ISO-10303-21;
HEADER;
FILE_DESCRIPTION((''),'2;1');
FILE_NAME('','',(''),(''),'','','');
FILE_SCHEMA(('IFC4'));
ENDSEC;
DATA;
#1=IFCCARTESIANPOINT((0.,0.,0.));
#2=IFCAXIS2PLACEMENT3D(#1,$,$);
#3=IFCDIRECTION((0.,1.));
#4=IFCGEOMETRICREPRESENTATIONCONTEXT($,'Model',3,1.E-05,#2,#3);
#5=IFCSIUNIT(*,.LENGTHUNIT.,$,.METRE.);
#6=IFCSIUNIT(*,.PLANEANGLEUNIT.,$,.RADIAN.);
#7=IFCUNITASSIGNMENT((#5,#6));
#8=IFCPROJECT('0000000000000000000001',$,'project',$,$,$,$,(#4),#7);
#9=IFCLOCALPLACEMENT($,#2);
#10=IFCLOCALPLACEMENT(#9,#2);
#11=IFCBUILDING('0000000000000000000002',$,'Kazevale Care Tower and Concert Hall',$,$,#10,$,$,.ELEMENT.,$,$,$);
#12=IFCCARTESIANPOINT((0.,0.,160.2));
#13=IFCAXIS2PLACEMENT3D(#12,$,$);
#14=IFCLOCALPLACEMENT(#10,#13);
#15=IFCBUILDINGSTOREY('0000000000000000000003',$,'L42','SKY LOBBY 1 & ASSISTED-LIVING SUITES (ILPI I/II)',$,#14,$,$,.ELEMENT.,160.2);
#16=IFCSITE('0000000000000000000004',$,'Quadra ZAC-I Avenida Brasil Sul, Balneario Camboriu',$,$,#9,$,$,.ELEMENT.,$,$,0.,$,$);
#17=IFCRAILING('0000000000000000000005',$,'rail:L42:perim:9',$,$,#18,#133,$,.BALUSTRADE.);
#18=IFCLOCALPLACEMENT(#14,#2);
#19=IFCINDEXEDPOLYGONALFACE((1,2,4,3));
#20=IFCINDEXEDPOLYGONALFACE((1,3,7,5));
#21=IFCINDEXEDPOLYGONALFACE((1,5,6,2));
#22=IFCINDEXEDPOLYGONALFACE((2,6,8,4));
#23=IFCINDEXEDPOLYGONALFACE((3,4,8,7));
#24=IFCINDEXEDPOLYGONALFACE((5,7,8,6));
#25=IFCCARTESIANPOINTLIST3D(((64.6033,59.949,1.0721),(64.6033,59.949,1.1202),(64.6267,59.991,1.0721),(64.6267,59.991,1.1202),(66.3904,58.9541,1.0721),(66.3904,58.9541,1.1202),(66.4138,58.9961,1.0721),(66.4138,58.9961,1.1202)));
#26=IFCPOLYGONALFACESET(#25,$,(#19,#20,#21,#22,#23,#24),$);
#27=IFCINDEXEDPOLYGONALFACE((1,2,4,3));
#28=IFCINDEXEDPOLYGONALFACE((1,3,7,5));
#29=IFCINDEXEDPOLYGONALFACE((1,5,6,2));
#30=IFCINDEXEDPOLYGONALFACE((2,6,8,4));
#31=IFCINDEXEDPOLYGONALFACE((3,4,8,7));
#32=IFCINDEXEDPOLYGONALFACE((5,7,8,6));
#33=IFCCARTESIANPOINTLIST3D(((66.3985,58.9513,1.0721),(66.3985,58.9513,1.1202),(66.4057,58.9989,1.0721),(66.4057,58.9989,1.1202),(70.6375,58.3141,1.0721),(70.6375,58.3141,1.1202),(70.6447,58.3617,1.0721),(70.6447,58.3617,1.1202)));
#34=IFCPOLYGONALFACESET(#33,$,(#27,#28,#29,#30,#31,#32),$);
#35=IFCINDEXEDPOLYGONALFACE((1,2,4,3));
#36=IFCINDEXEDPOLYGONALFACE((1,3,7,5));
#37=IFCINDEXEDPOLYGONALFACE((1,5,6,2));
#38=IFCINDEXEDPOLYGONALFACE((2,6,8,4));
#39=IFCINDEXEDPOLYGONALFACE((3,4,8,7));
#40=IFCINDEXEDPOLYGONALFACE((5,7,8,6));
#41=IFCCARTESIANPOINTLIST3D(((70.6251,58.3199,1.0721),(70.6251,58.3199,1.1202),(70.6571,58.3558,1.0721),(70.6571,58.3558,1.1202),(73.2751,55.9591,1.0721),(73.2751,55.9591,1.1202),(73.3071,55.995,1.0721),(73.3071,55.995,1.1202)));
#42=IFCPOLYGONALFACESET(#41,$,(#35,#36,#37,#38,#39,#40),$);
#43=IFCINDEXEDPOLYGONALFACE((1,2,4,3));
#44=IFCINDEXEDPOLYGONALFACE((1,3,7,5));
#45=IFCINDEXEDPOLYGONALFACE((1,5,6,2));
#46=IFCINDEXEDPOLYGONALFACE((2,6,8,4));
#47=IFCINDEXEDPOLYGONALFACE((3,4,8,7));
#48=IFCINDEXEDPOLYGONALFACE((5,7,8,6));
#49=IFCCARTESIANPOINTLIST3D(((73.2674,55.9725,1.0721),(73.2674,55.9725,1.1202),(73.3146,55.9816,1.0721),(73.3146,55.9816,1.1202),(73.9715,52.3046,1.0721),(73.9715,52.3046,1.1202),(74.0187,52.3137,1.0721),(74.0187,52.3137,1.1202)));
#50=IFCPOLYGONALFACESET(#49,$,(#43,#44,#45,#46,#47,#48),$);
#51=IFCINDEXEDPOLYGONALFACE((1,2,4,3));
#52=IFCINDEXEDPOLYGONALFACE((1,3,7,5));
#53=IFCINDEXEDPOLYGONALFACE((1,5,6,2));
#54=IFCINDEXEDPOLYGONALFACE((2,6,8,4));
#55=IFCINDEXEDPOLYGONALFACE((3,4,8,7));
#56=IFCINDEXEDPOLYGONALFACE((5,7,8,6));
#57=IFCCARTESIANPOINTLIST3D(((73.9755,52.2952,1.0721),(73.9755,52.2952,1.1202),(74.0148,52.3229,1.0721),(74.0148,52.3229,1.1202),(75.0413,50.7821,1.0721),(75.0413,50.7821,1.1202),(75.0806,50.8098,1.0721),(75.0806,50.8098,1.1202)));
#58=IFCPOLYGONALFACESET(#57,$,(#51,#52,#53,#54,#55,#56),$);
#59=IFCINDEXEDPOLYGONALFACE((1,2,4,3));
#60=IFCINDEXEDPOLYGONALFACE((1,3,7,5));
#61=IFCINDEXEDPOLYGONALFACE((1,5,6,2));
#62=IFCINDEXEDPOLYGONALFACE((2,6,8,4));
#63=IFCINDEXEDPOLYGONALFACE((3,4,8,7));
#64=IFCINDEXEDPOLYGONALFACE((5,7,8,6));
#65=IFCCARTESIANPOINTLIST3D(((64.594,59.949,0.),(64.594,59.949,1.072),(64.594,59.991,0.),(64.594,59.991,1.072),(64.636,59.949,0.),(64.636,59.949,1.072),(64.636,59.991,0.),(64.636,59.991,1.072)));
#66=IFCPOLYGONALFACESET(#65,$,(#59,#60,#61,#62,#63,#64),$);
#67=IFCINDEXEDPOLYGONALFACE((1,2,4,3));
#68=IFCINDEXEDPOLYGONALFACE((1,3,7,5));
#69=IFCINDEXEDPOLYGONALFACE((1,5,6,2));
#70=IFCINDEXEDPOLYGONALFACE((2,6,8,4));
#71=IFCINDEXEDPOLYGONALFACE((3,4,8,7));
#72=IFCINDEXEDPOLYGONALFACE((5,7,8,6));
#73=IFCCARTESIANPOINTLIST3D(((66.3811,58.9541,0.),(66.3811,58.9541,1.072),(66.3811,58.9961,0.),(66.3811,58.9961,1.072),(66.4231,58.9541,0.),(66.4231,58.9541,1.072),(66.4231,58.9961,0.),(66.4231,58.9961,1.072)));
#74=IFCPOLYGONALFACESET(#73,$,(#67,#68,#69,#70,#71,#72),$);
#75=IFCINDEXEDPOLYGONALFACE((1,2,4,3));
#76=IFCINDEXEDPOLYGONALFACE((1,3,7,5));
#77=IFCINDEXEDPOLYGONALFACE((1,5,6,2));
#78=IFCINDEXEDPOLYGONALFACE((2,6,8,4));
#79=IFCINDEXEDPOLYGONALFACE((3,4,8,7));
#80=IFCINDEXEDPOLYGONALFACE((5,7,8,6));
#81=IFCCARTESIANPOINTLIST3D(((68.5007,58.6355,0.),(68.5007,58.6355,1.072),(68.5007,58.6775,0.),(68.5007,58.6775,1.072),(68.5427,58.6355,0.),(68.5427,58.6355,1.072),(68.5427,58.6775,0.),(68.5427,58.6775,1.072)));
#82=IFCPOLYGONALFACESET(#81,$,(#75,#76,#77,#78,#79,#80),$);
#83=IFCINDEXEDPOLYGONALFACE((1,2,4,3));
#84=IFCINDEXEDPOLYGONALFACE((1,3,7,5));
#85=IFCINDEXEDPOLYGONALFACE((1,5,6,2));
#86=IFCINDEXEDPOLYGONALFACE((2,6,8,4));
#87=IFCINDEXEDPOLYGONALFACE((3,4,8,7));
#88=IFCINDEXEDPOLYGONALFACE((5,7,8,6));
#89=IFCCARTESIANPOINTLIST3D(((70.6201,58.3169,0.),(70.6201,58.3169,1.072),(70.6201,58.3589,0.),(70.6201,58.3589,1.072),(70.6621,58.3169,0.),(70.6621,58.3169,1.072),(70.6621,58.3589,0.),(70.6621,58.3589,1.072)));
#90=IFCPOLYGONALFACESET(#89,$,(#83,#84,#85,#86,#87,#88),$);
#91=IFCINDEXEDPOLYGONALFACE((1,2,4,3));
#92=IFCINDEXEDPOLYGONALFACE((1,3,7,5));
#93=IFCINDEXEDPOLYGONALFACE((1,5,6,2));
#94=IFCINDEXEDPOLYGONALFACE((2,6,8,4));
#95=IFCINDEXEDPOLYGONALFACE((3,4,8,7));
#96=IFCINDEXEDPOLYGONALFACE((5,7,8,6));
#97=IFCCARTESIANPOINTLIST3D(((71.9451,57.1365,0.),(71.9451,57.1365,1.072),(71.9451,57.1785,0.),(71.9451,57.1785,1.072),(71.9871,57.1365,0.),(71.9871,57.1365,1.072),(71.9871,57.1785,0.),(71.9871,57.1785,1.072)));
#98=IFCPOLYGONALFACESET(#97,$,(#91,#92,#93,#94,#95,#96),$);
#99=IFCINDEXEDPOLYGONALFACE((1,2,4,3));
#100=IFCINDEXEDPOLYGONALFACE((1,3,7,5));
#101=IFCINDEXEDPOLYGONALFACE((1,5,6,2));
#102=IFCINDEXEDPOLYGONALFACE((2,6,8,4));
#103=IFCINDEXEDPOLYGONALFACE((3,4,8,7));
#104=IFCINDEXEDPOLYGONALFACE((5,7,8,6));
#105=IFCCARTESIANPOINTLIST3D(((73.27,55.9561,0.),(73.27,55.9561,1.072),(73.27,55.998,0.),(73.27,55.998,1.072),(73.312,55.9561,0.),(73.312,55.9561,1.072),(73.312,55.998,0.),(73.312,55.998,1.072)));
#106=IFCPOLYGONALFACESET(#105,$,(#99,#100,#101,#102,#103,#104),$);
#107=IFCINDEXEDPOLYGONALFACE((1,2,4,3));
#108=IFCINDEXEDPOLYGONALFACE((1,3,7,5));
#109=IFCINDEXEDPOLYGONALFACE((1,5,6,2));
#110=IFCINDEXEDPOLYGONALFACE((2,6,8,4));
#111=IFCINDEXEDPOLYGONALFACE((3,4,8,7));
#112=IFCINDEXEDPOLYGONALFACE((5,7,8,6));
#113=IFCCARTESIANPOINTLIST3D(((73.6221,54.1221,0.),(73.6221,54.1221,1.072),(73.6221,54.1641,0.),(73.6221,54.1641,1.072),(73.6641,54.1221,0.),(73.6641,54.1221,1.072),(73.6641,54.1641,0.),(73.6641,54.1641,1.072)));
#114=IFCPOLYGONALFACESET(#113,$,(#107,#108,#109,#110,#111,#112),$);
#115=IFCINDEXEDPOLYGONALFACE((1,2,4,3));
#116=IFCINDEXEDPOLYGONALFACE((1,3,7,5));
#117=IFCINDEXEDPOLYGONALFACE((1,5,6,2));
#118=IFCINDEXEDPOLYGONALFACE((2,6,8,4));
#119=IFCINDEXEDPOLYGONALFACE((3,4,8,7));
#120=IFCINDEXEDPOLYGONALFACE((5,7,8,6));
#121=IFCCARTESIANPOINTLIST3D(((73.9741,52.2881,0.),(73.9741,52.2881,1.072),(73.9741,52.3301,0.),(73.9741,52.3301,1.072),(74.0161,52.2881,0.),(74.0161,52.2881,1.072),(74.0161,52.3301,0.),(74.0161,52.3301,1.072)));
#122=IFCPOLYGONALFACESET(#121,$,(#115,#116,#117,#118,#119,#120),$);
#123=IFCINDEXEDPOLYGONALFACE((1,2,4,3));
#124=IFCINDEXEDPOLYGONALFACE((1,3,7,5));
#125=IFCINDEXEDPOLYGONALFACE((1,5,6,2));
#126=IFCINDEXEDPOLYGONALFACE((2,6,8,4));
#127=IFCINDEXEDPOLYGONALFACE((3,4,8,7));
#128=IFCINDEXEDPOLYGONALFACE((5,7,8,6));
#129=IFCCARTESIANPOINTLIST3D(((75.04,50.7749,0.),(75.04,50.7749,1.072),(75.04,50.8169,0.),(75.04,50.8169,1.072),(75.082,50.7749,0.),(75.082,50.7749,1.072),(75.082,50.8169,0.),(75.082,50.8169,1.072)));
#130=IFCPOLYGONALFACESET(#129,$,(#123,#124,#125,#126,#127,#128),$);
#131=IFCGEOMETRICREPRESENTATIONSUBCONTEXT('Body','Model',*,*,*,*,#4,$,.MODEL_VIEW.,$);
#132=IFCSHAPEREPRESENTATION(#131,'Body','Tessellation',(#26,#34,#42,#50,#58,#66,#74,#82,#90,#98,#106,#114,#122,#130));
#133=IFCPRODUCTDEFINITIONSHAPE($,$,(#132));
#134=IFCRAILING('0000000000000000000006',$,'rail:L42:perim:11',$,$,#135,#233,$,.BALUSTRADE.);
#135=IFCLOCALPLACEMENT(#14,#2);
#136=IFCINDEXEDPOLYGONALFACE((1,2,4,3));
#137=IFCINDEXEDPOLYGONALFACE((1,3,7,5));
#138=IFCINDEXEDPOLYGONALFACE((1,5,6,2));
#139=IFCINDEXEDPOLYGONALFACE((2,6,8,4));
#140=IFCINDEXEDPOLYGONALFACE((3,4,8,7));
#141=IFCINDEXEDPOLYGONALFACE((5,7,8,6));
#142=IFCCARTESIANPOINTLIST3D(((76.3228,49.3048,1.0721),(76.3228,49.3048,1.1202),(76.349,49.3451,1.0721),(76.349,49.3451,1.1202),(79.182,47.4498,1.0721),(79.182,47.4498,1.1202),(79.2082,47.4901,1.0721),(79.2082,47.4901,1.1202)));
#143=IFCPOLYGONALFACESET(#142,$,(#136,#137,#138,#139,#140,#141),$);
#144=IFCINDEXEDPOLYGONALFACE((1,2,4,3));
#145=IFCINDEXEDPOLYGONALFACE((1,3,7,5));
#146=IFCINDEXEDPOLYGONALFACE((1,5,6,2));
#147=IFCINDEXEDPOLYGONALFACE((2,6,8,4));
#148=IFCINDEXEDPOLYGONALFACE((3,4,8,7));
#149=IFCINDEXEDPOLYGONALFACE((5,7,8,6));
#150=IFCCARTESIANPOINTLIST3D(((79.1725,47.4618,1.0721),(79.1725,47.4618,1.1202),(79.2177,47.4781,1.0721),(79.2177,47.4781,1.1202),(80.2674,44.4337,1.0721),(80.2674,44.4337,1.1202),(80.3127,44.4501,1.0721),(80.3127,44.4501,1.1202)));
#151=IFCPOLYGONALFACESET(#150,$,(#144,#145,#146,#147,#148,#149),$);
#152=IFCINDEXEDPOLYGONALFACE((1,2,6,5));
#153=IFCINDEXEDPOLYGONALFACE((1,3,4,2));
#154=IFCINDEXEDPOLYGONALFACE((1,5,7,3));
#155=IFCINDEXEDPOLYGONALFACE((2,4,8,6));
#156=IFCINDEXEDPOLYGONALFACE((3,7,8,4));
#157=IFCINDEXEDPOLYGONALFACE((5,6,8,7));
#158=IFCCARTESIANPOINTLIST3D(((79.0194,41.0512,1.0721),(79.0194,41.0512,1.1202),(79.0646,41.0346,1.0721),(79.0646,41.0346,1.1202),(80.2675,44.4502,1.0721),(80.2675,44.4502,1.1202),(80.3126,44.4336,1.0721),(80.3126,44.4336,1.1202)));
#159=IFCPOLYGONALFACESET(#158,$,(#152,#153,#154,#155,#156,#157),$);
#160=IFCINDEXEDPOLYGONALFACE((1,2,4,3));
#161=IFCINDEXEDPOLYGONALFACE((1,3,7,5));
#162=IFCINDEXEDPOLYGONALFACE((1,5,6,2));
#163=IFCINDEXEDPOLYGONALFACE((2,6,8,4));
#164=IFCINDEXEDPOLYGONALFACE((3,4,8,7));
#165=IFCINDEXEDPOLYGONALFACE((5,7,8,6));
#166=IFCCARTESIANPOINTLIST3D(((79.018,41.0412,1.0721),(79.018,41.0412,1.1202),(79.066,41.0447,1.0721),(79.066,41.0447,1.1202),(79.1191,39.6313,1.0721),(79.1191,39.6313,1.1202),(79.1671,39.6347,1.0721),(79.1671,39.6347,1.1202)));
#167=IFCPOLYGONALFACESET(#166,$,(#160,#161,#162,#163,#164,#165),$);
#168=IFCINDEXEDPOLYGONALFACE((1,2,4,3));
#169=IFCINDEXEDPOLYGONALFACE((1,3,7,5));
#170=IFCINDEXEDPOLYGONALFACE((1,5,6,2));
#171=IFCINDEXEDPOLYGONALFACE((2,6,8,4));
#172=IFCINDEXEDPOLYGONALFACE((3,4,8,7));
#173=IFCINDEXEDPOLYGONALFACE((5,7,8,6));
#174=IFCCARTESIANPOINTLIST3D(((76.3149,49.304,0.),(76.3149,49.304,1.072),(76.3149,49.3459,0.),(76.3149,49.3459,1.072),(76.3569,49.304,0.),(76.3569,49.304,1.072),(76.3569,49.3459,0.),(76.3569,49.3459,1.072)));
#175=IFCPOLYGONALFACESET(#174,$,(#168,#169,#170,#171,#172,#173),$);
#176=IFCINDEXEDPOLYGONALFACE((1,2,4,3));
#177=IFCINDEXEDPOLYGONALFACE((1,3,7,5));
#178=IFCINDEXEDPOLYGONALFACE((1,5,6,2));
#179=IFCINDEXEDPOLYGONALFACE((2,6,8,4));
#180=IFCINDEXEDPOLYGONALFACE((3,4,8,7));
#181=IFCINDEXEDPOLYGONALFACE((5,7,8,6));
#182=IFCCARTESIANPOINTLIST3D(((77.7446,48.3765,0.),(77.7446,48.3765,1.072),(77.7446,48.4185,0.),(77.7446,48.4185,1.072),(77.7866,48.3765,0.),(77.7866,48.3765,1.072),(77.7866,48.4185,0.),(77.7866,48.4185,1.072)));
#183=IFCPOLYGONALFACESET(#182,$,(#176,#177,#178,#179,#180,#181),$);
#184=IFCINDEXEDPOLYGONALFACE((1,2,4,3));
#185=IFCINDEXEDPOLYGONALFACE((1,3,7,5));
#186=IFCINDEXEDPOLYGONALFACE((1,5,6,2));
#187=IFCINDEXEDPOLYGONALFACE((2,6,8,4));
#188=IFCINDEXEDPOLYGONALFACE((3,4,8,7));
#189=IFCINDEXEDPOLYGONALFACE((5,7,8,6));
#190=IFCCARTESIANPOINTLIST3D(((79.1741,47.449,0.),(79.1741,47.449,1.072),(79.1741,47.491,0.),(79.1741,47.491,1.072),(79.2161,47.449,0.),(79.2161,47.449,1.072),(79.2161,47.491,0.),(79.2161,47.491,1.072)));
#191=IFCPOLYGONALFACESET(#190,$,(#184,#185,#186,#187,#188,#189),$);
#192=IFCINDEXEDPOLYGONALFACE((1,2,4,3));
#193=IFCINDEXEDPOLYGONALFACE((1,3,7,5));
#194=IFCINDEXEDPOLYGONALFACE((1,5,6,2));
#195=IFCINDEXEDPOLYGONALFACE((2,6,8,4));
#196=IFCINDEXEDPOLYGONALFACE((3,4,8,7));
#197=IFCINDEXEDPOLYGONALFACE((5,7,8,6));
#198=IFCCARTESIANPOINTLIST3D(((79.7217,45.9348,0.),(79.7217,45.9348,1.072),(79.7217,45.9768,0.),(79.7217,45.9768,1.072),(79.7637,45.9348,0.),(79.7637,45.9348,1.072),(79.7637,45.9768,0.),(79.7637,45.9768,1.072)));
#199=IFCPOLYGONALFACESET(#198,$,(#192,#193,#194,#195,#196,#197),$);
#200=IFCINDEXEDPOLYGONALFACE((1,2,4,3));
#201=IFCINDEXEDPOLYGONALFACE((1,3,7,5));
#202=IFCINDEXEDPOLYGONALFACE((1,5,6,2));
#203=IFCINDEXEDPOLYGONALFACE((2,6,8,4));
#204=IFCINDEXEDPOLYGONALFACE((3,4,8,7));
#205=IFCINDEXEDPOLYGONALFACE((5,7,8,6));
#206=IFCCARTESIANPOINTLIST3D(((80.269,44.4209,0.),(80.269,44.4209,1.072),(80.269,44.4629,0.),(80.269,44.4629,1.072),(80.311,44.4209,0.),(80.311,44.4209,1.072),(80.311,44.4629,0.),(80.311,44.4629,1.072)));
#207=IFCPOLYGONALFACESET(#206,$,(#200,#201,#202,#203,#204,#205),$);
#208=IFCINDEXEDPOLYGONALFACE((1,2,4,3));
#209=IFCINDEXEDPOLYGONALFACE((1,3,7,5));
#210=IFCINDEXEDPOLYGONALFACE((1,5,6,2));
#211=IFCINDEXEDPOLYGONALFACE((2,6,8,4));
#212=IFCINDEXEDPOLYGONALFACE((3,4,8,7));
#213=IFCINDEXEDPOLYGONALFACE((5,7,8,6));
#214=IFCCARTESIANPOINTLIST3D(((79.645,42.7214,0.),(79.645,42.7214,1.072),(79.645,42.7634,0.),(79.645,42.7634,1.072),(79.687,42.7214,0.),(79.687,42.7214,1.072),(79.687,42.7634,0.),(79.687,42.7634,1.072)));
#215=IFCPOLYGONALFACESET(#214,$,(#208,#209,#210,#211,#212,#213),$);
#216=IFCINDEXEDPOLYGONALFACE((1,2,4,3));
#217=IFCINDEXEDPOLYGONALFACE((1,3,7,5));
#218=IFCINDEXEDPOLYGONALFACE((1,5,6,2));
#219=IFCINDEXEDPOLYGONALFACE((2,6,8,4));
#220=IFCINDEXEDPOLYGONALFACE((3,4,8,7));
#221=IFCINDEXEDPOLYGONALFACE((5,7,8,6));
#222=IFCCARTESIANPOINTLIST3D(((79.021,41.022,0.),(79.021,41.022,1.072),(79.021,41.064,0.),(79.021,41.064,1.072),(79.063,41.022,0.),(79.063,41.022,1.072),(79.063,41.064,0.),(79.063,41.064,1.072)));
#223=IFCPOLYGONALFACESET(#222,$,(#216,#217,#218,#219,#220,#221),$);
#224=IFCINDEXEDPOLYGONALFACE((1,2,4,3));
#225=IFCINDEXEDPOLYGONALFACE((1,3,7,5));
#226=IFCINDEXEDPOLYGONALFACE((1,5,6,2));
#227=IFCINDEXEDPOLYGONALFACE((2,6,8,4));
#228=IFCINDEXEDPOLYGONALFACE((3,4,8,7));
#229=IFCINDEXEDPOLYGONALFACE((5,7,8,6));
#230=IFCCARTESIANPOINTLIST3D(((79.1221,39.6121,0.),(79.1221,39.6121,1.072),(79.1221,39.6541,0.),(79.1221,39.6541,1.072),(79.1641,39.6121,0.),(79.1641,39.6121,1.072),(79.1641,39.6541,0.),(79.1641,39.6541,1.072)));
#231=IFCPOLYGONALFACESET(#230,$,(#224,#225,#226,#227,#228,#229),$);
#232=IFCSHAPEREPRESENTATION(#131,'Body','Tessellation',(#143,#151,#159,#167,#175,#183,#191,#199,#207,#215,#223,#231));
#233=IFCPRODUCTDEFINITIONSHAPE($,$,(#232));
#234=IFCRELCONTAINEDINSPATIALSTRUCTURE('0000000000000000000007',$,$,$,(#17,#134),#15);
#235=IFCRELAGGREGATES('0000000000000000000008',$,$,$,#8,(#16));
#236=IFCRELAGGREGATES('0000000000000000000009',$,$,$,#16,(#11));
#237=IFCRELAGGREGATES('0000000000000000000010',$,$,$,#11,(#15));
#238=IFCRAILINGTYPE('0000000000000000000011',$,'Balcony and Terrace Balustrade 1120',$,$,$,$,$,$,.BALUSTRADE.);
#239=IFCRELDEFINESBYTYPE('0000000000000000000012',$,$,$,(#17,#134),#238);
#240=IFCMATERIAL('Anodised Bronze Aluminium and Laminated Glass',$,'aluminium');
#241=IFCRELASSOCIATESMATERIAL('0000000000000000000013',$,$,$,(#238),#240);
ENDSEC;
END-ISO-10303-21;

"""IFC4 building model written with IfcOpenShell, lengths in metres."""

from ifc_helpers import new_model, si_unit, direction, frame, origin, origin_2d, place, context, subcontext, project, spatial, rectangle, extrude, material, type_object, element, save


model = new_model("IFC4")

# Units and contexts
model_context = context("Model", 3, precision=1e-05, world=origin(), true_north=direction((0.0, 1.0)))
body_context = subcontext(model_context, "Body", "Model", "MODEL_VIEW")
ifc_project = project(units=[si_unit("LENGTHUNIT", "METRE"), si_unit("PLANEANGLEUNIT", "RADIAN")], contexts=[model_context])

# Site, building, storey
site_placement = place(None, origin())
site = spatial("IfcSite", under=ifc_project, at=site_placement, Name="Quadra ZAC-I Avenida Brasil Sul, Balneario Camboriu", CompositionType="ELEMENT", RefElevation=0.0)
building_placement = place(site_placement, origin())
building = spatial("IfcBuilding", under=site, at=building_placement, Name="Kazevale Care Tower and Concert Hall", CompositionType="ELEMENT")
storey_placement = place(building_placement, frame((0.0, 0.0, 160.2)))
storey = spatial("IfcBuildingStorey", under=building, at=storey_placement, Name="L42", Description="SKY LOBBY 1 & ASSISTED-LIVING SUITES (ILPI I/II)", CompositionType="ELEMENT", Elevation=160.2)

# Railings
ifc_material_1 = material(Name="Anodised Bronze Aluminium and Laminated Glass", Category="aluminium")
railing_type = type_object("IfcRailingType", Name="Balcony and Terrace Balustrade 1120", PredefinedType="BALUSTRADE", material=ifc_material_1)
railing_1_placement = place(storey_placement, frame((64.615, 59.97, 0.0)))
element("IfcRailing", 1, at=railing_1_placement, inside=storey, type_object=railing_type, Name="rail:L42:perim:9", PredefinedType="BALUSTRADE", context=body_context, shape_type="SweptSolid", body=[
    extrude(rectangle(XDim=0.0481, YDim=0.0481, at=origin_2d()), frame((0.0, 0.0, 1.0962), z_axis=(0.873735, -0.486403, 0.0), x_axis=(0.486403, 0.873735, 0.0)), (0.0, 0.0, 1.0), 2.0454),
    extrude(rectangle(XDim=0.0481, YDim=0.0481, at=origin_2d()), frame((1.7871, -0.9949, 1.0962), z_axis=(0.98889, -0.14865, 0.0), x_axis=(0.14865, 0.98889, 0.0)), (0.0, 0.0, 1.0), 4.2866),
    extrude(rectangle(XDim=0.0481, YDim=0.0481, at=origin_2d()), frame((6.0261, -1.6321, 1.0962), z_axis=(0.746657, -0.665209, 0.0), x_axis=(0.665209, 0.746657, 0.0)), (0.0, 0.0, 1.0), 3.5491),
    extrude(rectangle(XDim=0.0481, YDim=0.0481, at=origin_2d()), frame((8.676, -3.9929, 1.0962), z_axis=(0.188518, -0.98207, 0.0), x_axis=(0.98207, 0.188518, 0.0)), (0.0, 0.0, 1.0), 3.7349),
    extrude(rectangle(XDim=0.0481, YDim=0.0481, at=origin_2d()), frame((9.3801, -7.6609, 1.0962), z_axis=(0.575885, -0.81753, 0.0), x_axis=(0.81753, 0.575885, 0.0)), (0.0, 0.0, 1.0), 1.8508),
    extrude(rectangle(XDim=0.042, YDim=0.042, at=origin_2d()), origin(), (0.0, 0.0, 1.0), 1.072),
    extrude(rectangle(XDim=0.042, YDim=0.042, at=origin_2d()), frame((1.7871, -0.9949, 0.0)), (0.0, 0.0, 1.0), 1.072),
    extrude(rectangle(XDim=0.042, YDim=0.042, at=origin_2d()), frame((3.9067, -1.3135, 0.0)), (0.0, 0.0, 1.0), 1.072),
    extrude(rectangle(XDim=0.042, YDim=0.042, at=origin_2d()), frame((6.0261, -1.6321, 0.0)), (0.0, 0.0, 1.0), 1.072),
    extrude(rectangle(XDim=0.042, YDim=0.042, at=origin_2d()), frame((7.3511, -2.8125, 0.0)), (0.0, 0.0, 1.0), 1.072),
    extrude(rectangle(XDim=0.042, YDim=0.042, at=origin_2d()), frame((8.676, -3.9929, 0.0)), (0.0, 0.0, 1.0), 1.072),
    extrude(rectangle(XDim=0.042, YDim=0.042, at=origin_2d()), frame((9.0281, -5.8269, 0.0)), (0.0, 0.0, 1.0), 1.072),
    extrude(rectangle(XDim=0.042, YDim=0.042, at=origin_2d()), frame((9.3801, -7.6609, 0.0)), (0.0, 0.0, 1.0), 1.072),
    extrude(rectangle(XDim=0.042, YDim=0.042, at=origin_2d()), frame((10.446, -9.1741, 0.0)), (0.0, 0.0, 1.0), 1.072),
])
railing_2_placement = place(storey_placement, frame((76.3359, 49.325, 0.0)))
element("IfcRailing", 2, at=railing_2_placement, inside=storey, type_object=railing_type, Name="rail:L42:perim:11", PredefinedType="BALUSTRADE", context=body_context, shape_type="SweptSolid", body=[
    extrude(rectangle(XDim=0.0481, YDim=0.0481, at=origin_2d()), frame((0.0, 0.0, 1.0962), z_axis=(0.838906, -0.544276, 0.0), x_axis=(0.544276, 0.838906, 0.0)), (0.0, 0.0, 1.0), 3.4082),
    extrude(rectangle(XDim=0.0481, YDim=0.0481, at=origin_2d()), frame((2.8591, -1.855, 1.0962), z_axis=(0.340056, -0.940405, 0.0), x_axis=(0.940405, 0.340056, 0.0)), (0.0, 0.0, 1.0), 3.22),
    extrude(rectangle(XDim=0.0481, YDim=0.0481, at=origin_2d()), frame((3.9541, -4.8831, 1.0962), z_axis=(-0.344687, -0.938718, 0.0), x_axis=(0.938718, -0.344687, 0.0)), (0.0, 0.0, 1.0), 3.6208),
    extrude(rectangle(XDim=0.0481, YDim=0.0481, at=origin_2d()), frame((2.7061, -8.282, 1.0962), z_axis=(0.071505, -0.99744, 0.0), x_axis=(0.99744, 0.071505, 0.0)), (0.0, 0.0, 1.0), 1.4136),
    extrude(rectangle(XDim=0.042, YDim=0.042, at=origin_2d()), origin(), (0.0, 0.0, 1.0), 1.072),
    extrude(rectangle(XDim=0.042, YDim=0.042, at=origin_2d()), frame((1.4297, -0.9275, 0.0)), (0.0, 0.0, 1.0), 1.072),
    extrude(rectangle(XDim=0.042, YDim=0.042, at=origin_2d()), frame((2.8591, -1.855, 0.0)), (0.0, 0.0, 1.0), 1.072),
    extrude(rectangle(XDim=0.042, YDim=0.042, at=origin_2d()), frame((3.4067, -3.3691, 0.0)), (0.0, 0.0, 1.0), 1.072),
    extrude(rectangle(XDim=0.042, YDim=0.042, at=origin_2d()), frame((3.9541, -4.8831, 0.0)), (0.0, 0.0, 1.0), 1.072),
    extrude(rectangle(XDim=0.042, YDim=0.042, at=origin_2d()), frame((3.3301, -6.5825, 0.0)), (0.0, 0.0, 1.0), 1.072),
    extrude(rectangle(XDim=0.042, YDim=0.042, at=origin_2d()), frame((2.7061, -8.282, 0.0)), (0.0, 0.0, 1.0), 1.072),
    extrude(rectangle(XDim=0.042, YDim=0.042, at=origin_2d()), frame((2.8071, -9.6919, 0.0)), (0.0, 0.0, 1.0), 1.072),
])

save(model, "model.ifc")
